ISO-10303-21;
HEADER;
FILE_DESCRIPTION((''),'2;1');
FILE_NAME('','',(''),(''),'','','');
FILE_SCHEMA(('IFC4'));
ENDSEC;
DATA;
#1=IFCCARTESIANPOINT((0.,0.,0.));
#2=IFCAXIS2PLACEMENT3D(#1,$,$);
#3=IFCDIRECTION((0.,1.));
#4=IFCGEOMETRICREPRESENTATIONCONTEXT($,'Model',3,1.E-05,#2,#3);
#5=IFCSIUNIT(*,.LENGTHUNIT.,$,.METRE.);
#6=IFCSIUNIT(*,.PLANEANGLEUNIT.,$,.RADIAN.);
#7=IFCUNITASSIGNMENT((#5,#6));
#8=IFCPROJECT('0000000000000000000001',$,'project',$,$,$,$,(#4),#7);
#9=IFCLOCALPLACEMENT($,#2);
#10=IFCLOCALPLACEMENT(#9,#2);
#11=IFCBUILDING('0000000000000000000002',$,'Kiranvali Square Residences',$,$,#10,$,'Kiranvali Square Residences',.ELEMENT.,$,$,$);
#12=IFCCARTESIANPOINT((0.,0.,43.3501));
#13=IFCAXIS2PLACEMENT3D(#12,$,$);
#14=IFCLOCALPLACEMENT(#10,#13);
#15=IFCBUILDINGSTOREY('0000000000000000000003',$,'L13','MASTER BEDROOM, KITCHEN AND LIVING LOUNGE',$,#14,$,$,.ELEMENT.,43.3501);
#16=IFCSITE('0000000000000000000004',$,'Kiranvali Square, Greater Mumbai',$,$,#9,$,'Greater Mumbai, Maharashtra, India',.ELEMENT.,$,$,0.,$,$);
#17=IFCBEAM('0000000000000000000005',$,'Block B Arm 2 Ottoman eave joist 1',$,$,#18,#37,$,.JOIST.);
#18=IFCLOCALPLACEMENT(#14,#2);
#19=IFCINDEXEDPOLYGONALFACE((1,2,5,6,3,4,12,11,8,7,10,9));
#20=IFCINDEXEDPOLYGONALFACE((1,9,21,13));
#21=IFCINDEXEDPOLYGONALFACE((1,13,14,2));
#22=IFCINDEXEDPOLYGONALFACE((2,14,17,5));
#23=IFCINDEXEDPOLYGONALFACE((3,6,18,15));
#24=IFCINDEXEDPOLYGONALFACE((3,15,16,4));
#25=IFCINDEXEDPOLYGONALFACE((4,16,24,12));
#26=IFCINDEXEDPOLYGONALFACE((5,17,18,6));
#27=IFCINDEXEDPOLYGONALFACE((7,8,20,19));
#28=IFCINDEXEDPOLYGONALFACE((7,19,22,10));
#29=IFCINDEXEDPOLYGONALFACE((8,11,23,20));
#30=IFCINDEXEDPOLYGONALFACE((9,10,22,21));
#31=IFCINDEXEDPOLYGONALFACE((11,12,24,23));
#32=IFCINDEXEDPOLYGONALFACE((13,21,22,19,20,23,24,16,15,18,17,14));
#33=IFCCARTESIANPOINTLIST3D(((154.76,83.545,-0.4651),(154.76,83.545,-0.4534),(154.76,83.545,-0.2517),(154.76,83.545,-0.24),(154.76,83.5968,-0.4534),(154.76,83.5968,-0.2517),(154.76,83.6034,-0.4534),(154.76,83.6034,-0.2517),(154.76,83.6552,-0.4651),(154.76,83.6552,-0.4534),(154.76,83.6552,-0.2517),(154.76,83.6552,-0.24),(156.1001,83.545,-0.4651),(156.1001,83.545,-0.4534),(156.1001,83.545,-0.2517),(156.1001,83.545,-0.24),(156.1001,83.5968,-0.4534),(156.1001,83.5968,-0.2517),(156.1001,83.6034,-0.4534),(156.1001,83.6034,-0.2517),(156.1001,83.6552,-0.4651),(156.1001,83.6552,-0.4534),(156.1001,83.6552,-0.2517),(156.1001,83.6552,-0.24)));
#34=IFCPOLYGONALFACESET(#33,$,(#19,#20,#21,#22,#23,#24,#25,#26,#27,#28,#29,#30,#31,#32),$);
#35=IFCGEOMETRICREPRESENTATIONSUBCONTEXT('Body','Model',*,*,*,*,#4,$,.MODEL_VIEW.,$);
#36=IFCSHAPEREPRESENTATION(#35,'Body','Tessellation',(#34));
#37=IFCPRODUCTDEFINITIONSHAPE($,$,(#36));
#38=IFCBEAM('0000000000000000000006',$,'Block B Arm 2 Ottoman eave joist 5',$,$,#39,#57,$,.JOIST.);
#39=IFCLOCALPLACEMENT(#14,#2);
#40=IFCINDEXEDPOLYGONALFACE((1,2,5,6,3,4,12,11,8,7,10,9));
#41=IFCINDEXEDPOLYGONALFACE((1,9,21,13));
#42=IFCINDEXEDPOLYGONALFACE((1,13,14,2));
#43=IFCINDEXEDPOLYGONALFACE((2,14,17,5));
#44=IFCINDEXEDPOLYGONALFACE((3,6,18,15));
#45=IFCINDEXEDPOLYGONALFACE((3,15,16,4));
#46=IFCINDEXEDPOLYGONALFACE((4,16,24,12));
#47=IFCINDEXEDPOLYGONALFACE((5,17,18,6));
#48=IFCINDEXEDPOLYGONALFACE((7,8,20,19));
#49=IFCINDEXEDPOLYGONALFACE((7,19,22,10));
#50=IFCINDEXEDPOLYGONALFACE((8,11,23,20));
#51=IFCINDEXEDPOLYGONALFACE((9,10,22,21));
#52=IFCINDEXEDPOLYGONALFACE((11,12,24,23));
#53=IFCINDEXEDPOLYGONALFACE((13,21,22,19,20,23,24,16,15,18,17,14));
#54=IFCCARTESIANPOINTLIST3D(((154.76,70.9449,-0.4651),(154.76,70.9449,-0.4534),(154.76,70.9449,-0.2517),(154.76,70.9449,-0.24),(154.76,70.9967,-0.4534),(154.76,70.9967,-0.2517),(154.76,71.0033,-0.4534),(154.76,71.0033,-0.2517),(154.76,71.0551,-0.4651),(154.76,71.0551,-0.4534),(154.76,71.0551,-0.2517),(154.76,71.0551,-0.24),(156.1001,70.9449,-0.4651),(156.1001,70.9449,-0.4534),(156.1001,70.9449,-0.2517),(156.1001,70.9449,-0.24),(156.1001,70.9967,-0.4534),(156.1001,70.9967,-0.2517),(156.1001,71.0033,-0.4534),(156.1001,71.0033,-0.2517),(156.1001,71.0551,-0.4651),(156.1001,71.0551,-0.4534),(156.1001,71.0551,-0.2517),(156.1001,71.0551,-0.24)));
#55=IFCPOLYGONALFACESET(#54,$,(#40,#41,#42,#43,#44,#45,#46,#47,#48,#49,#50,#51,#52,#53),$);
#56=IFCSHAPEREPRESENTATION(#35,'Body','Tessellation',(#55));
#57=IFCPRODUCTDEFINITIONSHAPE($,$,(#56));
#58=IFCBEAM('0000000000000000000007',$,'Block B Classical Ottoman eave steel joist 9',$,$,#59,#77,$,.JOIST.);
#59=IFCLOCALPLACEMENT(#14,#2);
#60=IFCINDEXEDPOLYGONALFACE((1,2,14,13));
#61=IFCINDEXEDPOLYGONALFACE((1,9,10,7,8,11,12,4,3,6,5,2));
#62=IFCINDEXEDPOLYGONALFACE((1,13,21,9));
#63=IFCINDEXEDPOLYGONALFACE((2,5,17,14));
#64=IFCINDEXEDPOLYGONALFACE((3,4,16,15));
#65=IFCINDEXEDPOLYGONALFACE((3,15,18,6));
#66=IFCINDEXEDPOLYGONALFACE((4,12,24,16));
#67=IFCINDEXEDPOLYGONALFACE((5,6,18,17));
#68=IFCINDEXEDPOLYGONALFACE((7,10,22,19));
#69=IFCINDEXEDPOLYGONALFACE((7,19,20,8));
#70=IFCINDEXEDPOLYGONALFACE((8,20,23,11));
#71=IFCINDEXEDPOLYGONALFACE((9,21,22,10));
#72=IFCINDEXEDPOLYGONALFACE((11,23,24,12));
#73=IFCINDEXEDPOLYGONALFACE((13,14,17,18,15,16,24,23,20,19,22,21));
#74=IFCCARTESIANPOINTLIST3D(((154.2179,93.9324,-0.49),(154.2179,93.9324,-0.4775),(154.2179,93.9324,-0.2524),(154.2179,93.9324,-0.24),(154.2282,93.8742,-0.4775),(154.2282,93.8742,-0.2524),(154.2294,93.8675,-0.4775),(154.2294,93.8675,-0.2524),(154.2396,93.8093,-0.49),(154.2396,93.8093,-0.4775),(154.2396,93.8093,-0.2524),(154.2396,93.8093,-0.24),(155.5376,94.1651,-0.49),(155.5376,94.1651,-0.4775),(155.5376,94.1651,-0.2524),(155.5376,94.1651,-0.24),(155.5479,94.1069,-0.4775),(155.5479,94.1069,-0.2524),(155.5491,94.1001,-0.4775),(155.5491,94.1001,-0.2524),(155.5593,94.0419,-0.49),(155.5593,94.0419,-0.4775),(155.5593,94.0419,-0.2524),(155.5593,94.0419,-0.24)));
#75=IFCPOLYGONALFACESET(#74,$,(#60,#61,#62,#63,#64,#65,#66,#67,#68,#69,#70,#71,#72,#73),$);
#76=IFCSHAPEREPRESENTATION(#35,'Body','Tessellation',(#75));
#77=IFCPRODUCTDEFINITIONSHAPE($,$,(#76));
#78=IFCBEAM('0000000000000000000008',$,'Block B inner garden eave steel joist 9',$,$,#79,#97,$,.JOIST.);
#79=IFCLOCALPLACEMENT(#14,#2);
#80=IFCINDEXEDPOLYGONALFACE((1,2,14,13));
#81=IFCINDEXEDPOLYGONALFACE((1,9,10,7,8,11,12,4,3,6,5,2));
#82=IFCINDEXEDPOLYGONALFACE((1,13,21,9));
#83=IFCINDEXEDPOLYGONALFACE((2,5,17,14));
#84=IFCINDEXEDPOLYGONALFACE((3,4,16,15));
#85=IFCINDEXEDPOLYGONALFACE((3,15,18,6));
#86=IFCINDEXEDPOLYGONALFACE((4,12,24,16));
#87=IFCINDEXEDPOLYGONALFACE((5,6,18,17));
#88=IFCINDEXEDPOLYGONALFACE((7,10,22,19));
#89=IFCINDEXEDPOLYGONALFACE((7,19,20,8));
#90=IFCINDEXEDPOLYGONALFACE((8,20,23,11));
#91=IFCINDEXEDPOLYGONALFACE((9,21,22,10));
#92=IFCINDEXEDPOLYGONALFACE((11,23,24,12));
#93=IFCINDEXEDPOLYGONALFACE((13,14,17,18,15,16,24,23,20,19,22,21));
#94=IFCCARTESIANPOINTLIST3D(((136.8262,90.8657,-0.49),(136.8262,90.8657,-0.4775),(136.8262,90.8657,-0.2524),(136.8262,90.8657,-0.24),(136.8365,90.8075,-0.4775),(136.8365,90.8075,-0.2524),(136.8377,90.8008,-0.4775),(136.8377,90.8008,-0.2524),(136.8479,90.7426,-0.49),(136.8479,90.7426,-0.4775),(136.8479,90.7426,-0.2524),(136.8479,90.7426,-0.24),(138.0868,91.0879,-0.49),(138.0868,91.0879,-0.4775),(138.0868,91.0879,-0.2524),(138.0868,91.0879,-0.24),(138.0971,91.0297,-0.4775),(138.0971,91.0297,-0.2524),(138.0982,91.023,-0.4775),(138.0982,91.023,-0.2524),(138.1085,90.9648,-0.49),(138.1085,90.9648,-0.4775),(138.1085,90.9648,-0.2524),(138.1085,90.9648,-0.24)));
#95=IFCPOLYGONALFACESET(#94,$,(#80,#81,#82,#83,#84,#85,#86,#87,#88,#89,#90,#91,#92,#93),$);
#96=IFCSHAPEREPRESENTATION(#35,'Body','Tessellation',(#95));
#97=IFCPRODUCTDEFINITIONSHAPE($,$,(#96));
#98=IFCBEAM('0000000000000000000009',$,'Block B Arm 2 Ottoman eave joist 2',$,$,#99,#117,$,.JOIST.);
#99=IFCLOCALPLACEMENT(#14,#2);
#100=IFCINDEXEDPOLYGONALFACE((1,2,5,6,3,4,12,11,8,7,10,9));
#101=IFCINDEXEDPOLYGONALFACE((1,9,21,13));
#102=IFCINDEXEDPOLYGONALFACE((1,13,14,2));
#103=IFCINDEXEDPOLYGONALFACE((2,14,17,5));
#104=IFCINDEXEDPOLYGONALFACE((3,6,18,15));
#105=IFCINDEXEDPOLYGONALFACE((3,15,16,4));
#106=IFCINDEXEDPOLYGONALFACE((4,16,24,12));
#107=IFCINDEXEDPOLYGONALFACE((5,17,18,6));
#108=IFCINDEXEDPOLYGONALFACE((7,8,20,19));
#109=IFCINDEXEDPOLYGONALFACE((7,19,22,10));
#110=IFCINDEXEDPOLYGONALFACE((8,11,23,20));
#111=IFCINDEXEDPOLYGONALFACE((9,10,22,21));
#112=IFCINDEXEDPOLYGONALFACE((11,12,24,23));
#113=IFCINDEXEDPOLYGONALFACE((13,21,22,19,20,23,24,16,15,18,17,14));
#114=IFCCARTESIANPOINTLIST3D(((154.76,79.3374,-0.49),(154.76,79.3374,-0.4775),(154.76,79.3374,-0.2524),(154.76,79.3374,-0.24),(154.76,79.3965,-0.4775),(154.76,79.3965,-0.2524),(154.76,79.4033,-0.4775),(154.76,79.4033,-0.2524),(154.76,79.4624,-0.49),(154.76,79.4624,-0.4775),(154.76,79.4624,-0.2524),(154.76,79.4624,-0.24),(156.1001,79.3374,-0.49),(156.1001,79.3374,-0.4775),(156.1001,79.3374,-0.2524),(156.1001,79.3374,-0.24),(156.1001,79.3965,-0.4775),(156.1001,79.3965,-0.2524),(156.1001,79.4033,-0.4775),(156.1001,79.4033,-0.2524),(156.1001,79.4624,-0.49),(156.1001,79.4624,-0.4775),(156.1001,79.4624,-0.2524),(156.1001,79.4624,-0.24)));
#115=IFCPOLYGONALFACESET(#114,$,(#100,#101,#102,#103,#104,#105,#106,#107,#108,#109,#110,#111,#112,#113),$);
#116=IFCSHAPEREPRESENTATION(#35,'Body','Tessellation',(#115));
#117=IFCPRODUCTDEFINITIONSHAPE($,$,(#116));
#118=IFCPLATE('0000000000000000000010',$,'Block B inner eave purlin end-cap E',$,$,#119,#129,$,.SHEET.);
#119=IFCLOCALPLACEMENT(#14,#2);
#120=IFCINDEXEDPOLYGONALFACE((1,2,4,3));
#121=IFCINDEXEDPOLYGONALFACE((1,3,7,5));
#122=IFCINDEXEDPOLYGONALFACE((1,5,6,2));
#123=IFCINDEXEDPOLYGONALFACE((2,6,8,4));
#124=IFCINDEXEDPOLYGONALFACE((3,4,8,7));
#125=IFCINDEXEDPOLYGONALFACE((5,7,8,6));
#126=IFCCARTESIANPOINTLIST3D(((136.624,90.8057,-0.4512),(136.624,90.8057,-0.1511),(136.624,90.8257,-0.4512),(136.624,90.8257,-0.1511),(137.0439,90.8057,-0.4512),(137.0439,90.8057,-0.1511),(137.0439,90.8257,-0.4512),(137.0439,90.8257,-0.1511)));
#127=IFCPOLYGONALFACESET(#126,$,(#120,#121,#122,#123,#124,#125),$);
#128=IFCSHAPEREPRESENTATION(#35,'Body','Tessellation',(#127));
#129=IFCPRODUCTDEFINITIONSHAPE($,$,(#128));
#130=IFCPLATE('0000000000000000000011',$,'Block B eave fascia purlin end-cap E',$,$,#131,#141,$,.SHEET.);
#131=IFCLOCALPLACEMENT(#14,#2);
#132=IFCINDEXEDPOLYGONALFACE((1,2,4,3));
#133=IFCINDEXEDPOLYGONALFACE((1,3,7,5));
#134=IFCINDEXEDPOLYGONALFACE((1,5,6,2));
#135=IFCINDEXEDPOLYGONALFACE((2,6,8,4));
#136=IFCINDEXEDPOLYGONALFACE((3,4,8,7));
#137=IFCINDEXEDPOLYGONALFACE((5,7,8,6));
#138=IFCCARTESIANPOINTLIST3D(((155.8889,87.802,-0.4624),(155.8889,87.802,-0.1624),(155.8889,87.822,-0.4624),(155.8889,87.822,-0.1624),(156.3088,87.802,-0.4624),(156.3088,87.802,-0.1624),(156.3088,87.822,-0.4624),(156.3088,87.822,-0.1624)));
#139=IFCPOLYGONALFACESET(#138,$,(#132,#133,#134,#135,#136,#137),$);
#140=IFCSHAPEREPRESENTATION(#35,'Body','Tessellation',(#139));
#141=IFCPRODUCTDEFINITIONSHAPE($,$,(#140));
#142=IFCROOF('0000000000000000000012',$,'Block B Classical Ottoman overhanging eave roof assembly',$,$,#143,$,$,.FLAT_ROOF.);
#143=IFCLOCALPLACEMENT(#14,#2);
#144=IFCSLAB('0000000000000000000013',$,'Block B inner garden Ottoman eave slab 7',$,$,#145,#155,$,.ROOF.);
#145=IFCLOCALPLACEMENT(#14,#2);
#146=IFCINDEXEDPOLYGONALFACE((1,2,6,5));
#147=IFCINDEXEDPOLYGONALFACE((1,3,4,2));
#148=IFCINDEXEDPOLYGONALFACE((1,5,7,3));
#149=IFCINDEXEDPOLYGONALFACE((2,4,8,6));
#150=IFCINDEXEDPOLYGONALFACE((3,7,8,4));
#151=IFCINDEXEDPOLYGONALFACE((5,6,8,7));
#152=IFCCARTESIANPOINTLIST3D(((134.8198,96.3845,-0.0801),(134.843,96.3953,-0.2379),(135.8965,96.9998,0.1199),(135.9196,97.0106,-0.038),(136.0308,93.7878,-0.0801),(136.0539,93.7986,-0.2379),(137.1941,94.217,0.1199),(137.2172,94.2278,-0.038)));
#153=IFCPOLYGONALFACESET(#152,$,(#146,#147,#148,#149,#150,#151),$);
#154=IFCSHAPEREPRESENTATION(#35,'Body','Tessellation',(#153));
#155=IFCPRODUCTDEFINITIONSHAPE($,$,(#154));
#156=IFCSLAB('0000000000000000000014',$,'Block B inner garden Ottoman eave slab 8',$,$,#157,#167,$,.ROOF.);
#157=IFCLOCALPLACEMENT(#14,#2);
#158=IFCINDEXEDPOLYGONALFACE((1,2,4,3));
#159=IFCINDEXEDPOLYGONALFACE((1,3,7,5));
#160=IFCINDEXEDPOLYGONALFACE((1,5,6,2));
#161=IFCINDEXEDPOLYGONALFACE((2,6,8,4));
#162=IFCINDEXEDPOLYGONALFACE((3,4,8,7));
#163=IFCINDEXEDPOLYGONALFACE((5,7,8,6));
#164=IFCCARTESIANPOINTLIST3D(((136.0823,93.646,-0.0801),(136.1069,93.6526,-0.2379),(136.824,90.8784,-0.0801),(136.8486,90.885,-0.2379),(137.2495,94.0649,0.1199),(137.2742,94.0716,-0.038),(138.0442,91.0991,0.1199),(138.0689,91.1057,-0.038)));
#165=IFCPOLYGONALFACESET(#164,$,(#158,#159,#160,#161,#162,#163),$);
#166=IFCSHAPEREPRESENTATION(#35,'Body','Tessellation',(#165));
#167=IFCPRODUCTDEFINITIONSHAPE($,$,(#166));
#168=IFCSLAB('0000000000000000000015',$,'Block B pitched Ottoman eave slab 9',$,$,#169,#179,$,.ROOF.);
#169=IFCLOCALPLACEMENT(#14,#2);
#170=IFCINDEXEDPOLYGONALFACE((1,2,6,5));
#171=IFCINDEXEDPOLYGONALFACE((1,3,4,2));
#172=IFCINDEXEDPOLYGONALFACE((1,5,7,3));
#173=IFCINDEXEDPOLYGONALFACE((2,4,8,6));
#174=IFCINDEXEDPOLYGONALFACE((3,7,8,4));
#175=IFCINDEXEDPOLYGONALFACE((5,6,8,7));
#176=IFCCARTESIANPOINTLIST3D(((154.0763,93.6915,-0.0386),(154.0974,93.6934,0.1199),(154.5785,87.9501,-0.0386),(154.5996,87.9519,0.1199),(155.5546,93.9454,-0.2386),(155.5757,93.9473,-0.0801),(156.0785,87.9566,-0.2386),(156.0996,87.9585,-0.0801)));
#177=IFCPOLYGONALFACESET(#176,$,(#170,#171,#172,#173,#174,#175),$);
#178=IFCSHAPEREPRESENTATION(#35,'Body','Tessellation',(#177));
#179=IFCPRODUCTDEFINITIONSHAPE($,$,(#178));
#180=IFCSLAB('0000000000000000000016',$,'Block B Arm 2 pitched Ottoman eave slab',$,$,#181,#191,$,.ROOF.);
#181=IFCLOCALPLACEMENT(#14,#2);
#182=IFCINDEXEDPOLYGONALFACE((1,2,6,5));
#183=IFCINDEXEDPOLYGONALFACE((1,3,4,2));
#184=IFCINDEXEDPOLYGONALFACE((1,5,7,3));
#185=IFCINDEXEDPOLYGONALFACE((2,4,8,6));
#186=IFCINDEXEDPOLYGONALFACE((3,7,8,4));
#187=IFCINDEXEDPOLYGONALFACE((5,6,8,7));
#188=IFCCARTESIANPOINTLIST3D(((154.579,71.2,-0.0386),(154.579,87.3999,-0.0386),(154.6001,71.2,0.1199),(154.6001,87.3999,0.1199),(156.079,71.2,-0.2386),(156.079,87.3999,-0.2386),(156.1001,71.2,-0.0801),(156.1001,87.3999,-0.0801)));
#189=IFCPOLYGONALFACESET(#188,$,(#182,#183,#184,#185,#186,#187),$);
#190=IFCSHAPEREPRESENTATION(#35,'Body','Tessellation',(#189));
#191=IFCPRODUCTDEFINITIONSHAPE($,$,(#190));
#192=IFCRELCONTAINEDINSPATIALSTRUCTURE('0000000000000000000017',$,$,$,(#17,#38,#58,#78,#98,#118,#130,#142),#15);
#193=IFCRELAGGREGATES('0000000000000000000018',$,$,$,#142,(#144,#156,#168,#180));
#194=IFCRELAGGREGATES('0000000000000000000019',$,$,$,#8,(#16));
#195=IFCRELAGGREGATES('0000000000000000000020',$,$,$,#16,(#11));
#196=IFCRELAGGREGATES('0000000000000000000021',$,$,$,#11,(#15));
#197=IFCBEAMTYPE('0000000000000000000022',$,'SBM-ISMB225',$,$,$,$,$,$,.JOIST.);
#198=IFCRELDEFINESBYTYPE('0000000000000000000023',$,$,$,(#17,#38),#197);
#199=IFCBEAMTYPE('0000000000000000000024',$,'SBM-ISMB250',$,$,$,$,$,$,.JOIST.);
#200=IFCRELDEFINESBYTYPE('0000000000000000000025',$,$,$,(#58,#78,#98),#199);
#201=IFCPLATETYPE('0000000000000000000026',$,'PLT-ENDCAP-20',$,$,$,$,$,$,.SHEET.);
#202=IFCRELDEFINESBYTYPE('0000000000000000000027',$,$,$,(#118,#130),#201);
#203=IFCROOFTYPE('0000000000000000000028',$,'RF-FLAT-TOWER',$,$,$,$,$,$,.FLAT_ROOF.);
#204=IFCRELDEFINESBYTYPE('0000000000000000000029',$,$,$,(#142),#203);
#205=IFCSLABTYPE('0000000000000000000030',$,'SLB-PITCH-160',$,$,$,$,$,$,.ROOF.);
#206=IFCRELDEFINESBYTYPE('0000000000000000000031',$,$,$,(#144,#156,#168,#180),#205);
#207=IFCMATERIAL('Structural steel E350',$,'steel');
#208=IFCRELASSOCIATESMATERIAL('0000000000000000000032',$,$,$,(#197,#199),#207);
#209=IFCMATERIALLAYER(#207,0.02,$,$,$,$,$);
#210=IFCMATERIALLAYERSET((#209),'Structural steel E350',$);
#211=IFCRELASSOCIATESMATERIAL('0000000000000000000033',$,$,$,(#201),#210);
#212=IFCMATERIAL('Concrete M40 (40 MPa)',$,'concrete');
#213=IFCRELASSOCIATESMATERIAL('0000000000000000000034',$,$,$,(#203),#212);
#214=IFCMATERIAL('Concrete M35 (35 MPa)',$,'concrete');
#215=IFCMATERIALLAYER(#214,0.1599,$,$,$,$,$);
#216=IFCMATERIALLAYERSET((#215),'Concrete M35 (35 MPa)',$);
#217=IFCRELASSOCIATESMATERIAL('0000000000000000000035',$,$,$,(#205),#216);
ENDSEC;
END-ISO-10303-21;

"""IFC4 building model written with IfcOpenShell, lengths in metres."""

from ifc_helpers import new_model, si_unit, direction, frame, origin, origin_2d, place, context, subcontext, project, spatial, polyline, rectangle, i_section, outline, extrude, material, layer, layer_set, material_profile, profile_set, type_object, element, aggregate, save


model = new_model("IFC4")

# Units and contexts
model_context = context("Model", 3, precision=1e-05, world=origin(), true_north=direction((0.0, 1.0)))
body_context = subcontext(model_context, "Body", "Model", "MODEL_VIEW")
ifc_project = project(units=[si_unit("LENGTHUNIT", "METRE"), si_unit("PLANEANGLEUNIT", "RADIAN")], contexts=[model_context])

# Site, building, storey
site_placement = place(None, origin())
site = spatial("IfcSite", under=ifc_project, at=site_placement, Name="Kiranvali Square, Greater Mumbai", LongName="Greater Mumbai, Maharashtra, India", CompositionType="ELEMENT", RefElevation=0.0)
building_placement = place(site_placement, origin())
building = spatial("IfcBuilding", under=site, at=building_placement, Name="Kiranvali Square Residences", LongName="Kiranvali Square Residences", CompositionType="ELEMENT")
storey_placement = place(building_placement, frame((0.0, 0.0, 43.3501)))
storey = spatial("IfcBuildingStorey", under=building, at=storey_placement, Name="L13", Description="MASTER BEDROOM, KITCHEN AND LIVING LOUNGE", CompositionType="ELEMENT", Elevation=43.3501)

# Shared definitions
ifc_material_1 = material(Name="Structural steel E350", Category="steel")

# Beams
ifc_material_profile_1 = material_profile(ifc_material_1, i_section(OverallWidth=0.1101, OverallDepth=0.2251, WebThickness=0.0066, FlangeThickness=0.0117, at=origin_2d()), Name="ISMB 225")
ifc_profile_set_1 = profile_set([ifc_material_profile_1], Name="Structural steel E350")
beam_type_1 = type_object("IfcBeamType", Name="SBM-ISMB225", PredefinedType="JOIST", material=ifc_profile_set_1)
for number, where, z_axis, x_axis, name in (
    (1, (154.76, 83.6001, -0.3525), (1.0, 0.0, 0.0), (0.0, 1.0, 0.0), "Block B Arm 2 Ottoman eave joist 1"),
    (2, (154.76, 71.0, -0.3525), (1.0, 0.0, 0.0), (0.0, 1.0, 0.0), "Block B Arm 2 Ottoman eave joist 5"),
):
    element("IfcBeam", number, at=place(storey_placement, frame(where, z_axis=z_axis, x_axis=x_axis)), inside=storey, type_object=beam_type_1, Name=name, PredefinedType="JOIST", context=body_context, shape_type="SweptSolid", body=[
        extrude(i_section(OverallWidth=0.1101, OverallDepth=0.2251, WebThickness=0.0066, FlangeThickness=0.0117, at=origin_2d()), origin(), (0.0, 0.0, 1.0), 1.3401),
    ])
ifc_material_profile_2 = material_profile(ifc_material_1, i_section(OverallWidth=0.125, OverallDepth=0.25, WebThickness=0.0068, FlangeThickness=0.0125, at=origin_2d()), Name="ISMB 250")
ifc_profile_set_2 = profile_set([ifc_material_profile_2], Name="Structural steel E350")
beam_type_2 = type_object("IfcBeamType", Name="SBM-ISMB250", PredefinedType="JOIST", material=ifc_profile_set_2)
beam_1_placement = place(storey_placement, frame((154.2288, 93.8708, -0.365), z_axis=(0.984815, 0.173609, 0.0), x_axis=(-0.173609, 0.984815, 0.0)))
element("IfcBeam", 3, at=beam_1_placement, inside=storey, type_object=beam_type_2, Name="Block B Classical Ottoman eave steel joist 9", PredefinedType="JOIST", context=body_context, shape_type="SweptSolid", body=[
    extrude(i_section(OverallWidth=0.125, OverallDepth=0.25, WebThickness=0.0068, FlangeThickness=0.0125, at=origin_2d()), origin(), (0.0, 0.0, 1.0), 1.3401),
])
beam_2_placement = place(storey_placement, frame((138.0977, 91.0264, -0.365), z_axis=(-0.98482, -0.173579, 0.0), x_axis=(0.173579, -0.98482, 0.0)))
element("IfcBeam", 4, at=beam_2_placement, inside=storey, type_object=beam_type_2, Name="Block B inner garden eave steel joist 9", PredefinedType="JOIST", context=body_context, shape_type="SweptSolid", body=[
    extrude(i_section(OverallWidth=0.125, OverallDepth=0.25, WebThickness=0.0068, FlangeThickness=0.0125, at=origin_2d()), origin(), (0.0, 0.0, 1.0), 1.28),
])
beam_3_placement = place(storey_placement, frame((154.76, 79.3999, -0.365), z_axis=(1.0, 0.0, 0.0), x_axis=(0.0, 1.0, 0.0)))
element("IfcBeam", 5, at=beam_3_placement, inside=storey, type_object=beam_type_2, Name="Block B Arm 2 Ottoman eave joist 2", PredefinedType="JOIST", context=body_context, shape_type="SweptSolid", body=[
    extrude(i_section(OverallWidth=0.125, OverallDepth=0.25, WebThickness=0.0068, FlangeThickness=0.0125, at=origin_2d()), origin(), (0.0, 0.0, 1.0), 1.3401),
])

# Plates
ifc_layer_1 = layer(ifc_material_1, 0.02)
ifc_layer_set_1 = layer_set([ifc_layer_1], Name="Structural steel E350")
plate_type = type_object("IfcPlateType", Name="PLT-ENDCAP-20", PredefinedType="SHEET", material=ifc_layer_set_1)
for number, where, z_axis, x_axis, name in (
    (6, (136.834, 90.8157, -0.4512), (0.0, 0.0, 1.0), (1.0, 0.0, 0.0), "Block B inner eave purlin end-cap E"),
    (7, (156.0989, 87.812, -0.4624), (0.0, 0.0, 1.0), (1.0, 0.0, 0.0), "Block B eave fascia purlin end-cap E"),
):
    element("IfcPlate", number, at=place(storey_placement, frame(where, z_axis=z_axis, x_axis=x_axis)), inside=storey, type_object=plate_type, Name=name, PredefinedType="SHEET", context=body_context, shape_type="SweptSolid", body=[
        extrude(rectangle(XDim=0.4199, YDim=0.02, at=origin_2d()), origin(), (0.0, 0.0, 1.0), 0.3),
    ])

# Roof, slabs
ifc_material_2 = material(Name="Concrete M40 (40 MPa)", Category="concrete")
roof_type = type_object("IfcRoofType", Name="RF-FLAT-TOWER", PredefinedType="FLAT_ROOF", material=ifc_material_2)
roof_placement = place(storey_placement, origin())
roof = element("IfcRoof", 8, at=roof_placement, inside=storey, type_object=roof_type, Name="Block B Classical Ottoman overhanging eave roof assembly", PredefinedType="FLAT_ROOF")
ifc_material_3 = material(Name="Concrete M35 (35 MPa)", Category="concrete")
ifc_layer_2 = layer(ifc_material_3, 0.1599)
ifc_layer_set_2 = layer_set([ifc_layer_2], Name="Concrete M35 (35 MPa)")
slab_type = type_object("IfcSlabType", Name="SLB-PITCH-160", PredefinedType="ROOF", material=ifc_layer_set_2)
slab_1_placement = place(storey_placement, frame((135.8965, 96.9998, 0.1199), z_axis=(-0.144761, -0.067506, 0.987161), x_axis=(0.42262, -0.906307, -0.000002)))
slab_1 = element("IfcSlab", 9, at=slab_1_placement, type_object=slab_type, Name="Block B inner garden Ottoman eave slab 7", PredefinedType="ROOF", context=body_context, shape_type="SweptSolid", body=[
    extrude(outline(polyline([(0.0, 0.0), (3.0704, 0.0), (2.9677, -1.2518), (0.1026, -1.2519), (0.0, 0.0)])), origin(), (0.0, 0.0, -1.0), 0.1599),
])
slab_2_placement = place(storey_placement, frame((137.2495, 94.0649, 0.1199), z_axis=(-0.154275, -0.041341, 0.987163), x_axis=(0.258816, -0.965927, -0.000004)))
slab_2 = element("IfcSlab", 10, at=slab_2_placement, type_object=slab_type, Name="Block B inner garden Ottoman eave slab 8", PredefinedType="ROOF", context=body_context, shape_type="SweptSolid", body=[
    extrude(outline(polyline([(0.0, 0.0), (3.0704, 0.0), (2.9678, -1.2518), (0.1026, -1.252), (0.0, 0.0)])), origin(), (0.0, 0.0, -1.0), 0.1599),
])
slab_3_placement = place(storey_placement, frame((154.0974, 93.6934, 0.1199), z_axis=(0.132077, 0.011554, 0.991172), x_axis=(0.087136, -0.996196, 0.000001)))
slab_3 = element("IfcSlab", 11, at=slab_3_placement, type_object=slab_type, Name="Block B pitched Ottoman eave slab 9", PredefinedType="ROOF", context=body_context, shape_type="SweptSolid", body=[
    extrude(outline(polyline([(0.0, 0.0), (5.7634, 0.0), (5.8875, 1.5082), (-0.1241, 1.5081), (0.0, 0.0)])), origin(), (0.0, 0.0, -1.0), 0.1599),
])
slab_4_placement = place(storey_placement, frame((154.6001, 87.3999, 0.1199), z_axis=(0.132132, 0.0, 0.991232), x_axis=(0.0, -1.0, 0.0)))
slab_4 = element("IfcSlab", 12, at=slab_4_placement, type_object=slab_type, Name="Block B Arm 2 pitched Ottoman eave slab", PredefinedType="ROOF", context=body_context, shape_type="SweptSolid", body=[
    extrude(outline(polyline([(0.0, 0.0), (16.2, 0.0), (16.2, 1.5133), (0.0, 1.5133), (0.0, 0.0)])), origin(), (0.0, 0.0, -1.0), 0.1599),
])
aggregate(roof, [slab_1, slab_2, slab_3, slab_4])

save(model, "model.ifc")
